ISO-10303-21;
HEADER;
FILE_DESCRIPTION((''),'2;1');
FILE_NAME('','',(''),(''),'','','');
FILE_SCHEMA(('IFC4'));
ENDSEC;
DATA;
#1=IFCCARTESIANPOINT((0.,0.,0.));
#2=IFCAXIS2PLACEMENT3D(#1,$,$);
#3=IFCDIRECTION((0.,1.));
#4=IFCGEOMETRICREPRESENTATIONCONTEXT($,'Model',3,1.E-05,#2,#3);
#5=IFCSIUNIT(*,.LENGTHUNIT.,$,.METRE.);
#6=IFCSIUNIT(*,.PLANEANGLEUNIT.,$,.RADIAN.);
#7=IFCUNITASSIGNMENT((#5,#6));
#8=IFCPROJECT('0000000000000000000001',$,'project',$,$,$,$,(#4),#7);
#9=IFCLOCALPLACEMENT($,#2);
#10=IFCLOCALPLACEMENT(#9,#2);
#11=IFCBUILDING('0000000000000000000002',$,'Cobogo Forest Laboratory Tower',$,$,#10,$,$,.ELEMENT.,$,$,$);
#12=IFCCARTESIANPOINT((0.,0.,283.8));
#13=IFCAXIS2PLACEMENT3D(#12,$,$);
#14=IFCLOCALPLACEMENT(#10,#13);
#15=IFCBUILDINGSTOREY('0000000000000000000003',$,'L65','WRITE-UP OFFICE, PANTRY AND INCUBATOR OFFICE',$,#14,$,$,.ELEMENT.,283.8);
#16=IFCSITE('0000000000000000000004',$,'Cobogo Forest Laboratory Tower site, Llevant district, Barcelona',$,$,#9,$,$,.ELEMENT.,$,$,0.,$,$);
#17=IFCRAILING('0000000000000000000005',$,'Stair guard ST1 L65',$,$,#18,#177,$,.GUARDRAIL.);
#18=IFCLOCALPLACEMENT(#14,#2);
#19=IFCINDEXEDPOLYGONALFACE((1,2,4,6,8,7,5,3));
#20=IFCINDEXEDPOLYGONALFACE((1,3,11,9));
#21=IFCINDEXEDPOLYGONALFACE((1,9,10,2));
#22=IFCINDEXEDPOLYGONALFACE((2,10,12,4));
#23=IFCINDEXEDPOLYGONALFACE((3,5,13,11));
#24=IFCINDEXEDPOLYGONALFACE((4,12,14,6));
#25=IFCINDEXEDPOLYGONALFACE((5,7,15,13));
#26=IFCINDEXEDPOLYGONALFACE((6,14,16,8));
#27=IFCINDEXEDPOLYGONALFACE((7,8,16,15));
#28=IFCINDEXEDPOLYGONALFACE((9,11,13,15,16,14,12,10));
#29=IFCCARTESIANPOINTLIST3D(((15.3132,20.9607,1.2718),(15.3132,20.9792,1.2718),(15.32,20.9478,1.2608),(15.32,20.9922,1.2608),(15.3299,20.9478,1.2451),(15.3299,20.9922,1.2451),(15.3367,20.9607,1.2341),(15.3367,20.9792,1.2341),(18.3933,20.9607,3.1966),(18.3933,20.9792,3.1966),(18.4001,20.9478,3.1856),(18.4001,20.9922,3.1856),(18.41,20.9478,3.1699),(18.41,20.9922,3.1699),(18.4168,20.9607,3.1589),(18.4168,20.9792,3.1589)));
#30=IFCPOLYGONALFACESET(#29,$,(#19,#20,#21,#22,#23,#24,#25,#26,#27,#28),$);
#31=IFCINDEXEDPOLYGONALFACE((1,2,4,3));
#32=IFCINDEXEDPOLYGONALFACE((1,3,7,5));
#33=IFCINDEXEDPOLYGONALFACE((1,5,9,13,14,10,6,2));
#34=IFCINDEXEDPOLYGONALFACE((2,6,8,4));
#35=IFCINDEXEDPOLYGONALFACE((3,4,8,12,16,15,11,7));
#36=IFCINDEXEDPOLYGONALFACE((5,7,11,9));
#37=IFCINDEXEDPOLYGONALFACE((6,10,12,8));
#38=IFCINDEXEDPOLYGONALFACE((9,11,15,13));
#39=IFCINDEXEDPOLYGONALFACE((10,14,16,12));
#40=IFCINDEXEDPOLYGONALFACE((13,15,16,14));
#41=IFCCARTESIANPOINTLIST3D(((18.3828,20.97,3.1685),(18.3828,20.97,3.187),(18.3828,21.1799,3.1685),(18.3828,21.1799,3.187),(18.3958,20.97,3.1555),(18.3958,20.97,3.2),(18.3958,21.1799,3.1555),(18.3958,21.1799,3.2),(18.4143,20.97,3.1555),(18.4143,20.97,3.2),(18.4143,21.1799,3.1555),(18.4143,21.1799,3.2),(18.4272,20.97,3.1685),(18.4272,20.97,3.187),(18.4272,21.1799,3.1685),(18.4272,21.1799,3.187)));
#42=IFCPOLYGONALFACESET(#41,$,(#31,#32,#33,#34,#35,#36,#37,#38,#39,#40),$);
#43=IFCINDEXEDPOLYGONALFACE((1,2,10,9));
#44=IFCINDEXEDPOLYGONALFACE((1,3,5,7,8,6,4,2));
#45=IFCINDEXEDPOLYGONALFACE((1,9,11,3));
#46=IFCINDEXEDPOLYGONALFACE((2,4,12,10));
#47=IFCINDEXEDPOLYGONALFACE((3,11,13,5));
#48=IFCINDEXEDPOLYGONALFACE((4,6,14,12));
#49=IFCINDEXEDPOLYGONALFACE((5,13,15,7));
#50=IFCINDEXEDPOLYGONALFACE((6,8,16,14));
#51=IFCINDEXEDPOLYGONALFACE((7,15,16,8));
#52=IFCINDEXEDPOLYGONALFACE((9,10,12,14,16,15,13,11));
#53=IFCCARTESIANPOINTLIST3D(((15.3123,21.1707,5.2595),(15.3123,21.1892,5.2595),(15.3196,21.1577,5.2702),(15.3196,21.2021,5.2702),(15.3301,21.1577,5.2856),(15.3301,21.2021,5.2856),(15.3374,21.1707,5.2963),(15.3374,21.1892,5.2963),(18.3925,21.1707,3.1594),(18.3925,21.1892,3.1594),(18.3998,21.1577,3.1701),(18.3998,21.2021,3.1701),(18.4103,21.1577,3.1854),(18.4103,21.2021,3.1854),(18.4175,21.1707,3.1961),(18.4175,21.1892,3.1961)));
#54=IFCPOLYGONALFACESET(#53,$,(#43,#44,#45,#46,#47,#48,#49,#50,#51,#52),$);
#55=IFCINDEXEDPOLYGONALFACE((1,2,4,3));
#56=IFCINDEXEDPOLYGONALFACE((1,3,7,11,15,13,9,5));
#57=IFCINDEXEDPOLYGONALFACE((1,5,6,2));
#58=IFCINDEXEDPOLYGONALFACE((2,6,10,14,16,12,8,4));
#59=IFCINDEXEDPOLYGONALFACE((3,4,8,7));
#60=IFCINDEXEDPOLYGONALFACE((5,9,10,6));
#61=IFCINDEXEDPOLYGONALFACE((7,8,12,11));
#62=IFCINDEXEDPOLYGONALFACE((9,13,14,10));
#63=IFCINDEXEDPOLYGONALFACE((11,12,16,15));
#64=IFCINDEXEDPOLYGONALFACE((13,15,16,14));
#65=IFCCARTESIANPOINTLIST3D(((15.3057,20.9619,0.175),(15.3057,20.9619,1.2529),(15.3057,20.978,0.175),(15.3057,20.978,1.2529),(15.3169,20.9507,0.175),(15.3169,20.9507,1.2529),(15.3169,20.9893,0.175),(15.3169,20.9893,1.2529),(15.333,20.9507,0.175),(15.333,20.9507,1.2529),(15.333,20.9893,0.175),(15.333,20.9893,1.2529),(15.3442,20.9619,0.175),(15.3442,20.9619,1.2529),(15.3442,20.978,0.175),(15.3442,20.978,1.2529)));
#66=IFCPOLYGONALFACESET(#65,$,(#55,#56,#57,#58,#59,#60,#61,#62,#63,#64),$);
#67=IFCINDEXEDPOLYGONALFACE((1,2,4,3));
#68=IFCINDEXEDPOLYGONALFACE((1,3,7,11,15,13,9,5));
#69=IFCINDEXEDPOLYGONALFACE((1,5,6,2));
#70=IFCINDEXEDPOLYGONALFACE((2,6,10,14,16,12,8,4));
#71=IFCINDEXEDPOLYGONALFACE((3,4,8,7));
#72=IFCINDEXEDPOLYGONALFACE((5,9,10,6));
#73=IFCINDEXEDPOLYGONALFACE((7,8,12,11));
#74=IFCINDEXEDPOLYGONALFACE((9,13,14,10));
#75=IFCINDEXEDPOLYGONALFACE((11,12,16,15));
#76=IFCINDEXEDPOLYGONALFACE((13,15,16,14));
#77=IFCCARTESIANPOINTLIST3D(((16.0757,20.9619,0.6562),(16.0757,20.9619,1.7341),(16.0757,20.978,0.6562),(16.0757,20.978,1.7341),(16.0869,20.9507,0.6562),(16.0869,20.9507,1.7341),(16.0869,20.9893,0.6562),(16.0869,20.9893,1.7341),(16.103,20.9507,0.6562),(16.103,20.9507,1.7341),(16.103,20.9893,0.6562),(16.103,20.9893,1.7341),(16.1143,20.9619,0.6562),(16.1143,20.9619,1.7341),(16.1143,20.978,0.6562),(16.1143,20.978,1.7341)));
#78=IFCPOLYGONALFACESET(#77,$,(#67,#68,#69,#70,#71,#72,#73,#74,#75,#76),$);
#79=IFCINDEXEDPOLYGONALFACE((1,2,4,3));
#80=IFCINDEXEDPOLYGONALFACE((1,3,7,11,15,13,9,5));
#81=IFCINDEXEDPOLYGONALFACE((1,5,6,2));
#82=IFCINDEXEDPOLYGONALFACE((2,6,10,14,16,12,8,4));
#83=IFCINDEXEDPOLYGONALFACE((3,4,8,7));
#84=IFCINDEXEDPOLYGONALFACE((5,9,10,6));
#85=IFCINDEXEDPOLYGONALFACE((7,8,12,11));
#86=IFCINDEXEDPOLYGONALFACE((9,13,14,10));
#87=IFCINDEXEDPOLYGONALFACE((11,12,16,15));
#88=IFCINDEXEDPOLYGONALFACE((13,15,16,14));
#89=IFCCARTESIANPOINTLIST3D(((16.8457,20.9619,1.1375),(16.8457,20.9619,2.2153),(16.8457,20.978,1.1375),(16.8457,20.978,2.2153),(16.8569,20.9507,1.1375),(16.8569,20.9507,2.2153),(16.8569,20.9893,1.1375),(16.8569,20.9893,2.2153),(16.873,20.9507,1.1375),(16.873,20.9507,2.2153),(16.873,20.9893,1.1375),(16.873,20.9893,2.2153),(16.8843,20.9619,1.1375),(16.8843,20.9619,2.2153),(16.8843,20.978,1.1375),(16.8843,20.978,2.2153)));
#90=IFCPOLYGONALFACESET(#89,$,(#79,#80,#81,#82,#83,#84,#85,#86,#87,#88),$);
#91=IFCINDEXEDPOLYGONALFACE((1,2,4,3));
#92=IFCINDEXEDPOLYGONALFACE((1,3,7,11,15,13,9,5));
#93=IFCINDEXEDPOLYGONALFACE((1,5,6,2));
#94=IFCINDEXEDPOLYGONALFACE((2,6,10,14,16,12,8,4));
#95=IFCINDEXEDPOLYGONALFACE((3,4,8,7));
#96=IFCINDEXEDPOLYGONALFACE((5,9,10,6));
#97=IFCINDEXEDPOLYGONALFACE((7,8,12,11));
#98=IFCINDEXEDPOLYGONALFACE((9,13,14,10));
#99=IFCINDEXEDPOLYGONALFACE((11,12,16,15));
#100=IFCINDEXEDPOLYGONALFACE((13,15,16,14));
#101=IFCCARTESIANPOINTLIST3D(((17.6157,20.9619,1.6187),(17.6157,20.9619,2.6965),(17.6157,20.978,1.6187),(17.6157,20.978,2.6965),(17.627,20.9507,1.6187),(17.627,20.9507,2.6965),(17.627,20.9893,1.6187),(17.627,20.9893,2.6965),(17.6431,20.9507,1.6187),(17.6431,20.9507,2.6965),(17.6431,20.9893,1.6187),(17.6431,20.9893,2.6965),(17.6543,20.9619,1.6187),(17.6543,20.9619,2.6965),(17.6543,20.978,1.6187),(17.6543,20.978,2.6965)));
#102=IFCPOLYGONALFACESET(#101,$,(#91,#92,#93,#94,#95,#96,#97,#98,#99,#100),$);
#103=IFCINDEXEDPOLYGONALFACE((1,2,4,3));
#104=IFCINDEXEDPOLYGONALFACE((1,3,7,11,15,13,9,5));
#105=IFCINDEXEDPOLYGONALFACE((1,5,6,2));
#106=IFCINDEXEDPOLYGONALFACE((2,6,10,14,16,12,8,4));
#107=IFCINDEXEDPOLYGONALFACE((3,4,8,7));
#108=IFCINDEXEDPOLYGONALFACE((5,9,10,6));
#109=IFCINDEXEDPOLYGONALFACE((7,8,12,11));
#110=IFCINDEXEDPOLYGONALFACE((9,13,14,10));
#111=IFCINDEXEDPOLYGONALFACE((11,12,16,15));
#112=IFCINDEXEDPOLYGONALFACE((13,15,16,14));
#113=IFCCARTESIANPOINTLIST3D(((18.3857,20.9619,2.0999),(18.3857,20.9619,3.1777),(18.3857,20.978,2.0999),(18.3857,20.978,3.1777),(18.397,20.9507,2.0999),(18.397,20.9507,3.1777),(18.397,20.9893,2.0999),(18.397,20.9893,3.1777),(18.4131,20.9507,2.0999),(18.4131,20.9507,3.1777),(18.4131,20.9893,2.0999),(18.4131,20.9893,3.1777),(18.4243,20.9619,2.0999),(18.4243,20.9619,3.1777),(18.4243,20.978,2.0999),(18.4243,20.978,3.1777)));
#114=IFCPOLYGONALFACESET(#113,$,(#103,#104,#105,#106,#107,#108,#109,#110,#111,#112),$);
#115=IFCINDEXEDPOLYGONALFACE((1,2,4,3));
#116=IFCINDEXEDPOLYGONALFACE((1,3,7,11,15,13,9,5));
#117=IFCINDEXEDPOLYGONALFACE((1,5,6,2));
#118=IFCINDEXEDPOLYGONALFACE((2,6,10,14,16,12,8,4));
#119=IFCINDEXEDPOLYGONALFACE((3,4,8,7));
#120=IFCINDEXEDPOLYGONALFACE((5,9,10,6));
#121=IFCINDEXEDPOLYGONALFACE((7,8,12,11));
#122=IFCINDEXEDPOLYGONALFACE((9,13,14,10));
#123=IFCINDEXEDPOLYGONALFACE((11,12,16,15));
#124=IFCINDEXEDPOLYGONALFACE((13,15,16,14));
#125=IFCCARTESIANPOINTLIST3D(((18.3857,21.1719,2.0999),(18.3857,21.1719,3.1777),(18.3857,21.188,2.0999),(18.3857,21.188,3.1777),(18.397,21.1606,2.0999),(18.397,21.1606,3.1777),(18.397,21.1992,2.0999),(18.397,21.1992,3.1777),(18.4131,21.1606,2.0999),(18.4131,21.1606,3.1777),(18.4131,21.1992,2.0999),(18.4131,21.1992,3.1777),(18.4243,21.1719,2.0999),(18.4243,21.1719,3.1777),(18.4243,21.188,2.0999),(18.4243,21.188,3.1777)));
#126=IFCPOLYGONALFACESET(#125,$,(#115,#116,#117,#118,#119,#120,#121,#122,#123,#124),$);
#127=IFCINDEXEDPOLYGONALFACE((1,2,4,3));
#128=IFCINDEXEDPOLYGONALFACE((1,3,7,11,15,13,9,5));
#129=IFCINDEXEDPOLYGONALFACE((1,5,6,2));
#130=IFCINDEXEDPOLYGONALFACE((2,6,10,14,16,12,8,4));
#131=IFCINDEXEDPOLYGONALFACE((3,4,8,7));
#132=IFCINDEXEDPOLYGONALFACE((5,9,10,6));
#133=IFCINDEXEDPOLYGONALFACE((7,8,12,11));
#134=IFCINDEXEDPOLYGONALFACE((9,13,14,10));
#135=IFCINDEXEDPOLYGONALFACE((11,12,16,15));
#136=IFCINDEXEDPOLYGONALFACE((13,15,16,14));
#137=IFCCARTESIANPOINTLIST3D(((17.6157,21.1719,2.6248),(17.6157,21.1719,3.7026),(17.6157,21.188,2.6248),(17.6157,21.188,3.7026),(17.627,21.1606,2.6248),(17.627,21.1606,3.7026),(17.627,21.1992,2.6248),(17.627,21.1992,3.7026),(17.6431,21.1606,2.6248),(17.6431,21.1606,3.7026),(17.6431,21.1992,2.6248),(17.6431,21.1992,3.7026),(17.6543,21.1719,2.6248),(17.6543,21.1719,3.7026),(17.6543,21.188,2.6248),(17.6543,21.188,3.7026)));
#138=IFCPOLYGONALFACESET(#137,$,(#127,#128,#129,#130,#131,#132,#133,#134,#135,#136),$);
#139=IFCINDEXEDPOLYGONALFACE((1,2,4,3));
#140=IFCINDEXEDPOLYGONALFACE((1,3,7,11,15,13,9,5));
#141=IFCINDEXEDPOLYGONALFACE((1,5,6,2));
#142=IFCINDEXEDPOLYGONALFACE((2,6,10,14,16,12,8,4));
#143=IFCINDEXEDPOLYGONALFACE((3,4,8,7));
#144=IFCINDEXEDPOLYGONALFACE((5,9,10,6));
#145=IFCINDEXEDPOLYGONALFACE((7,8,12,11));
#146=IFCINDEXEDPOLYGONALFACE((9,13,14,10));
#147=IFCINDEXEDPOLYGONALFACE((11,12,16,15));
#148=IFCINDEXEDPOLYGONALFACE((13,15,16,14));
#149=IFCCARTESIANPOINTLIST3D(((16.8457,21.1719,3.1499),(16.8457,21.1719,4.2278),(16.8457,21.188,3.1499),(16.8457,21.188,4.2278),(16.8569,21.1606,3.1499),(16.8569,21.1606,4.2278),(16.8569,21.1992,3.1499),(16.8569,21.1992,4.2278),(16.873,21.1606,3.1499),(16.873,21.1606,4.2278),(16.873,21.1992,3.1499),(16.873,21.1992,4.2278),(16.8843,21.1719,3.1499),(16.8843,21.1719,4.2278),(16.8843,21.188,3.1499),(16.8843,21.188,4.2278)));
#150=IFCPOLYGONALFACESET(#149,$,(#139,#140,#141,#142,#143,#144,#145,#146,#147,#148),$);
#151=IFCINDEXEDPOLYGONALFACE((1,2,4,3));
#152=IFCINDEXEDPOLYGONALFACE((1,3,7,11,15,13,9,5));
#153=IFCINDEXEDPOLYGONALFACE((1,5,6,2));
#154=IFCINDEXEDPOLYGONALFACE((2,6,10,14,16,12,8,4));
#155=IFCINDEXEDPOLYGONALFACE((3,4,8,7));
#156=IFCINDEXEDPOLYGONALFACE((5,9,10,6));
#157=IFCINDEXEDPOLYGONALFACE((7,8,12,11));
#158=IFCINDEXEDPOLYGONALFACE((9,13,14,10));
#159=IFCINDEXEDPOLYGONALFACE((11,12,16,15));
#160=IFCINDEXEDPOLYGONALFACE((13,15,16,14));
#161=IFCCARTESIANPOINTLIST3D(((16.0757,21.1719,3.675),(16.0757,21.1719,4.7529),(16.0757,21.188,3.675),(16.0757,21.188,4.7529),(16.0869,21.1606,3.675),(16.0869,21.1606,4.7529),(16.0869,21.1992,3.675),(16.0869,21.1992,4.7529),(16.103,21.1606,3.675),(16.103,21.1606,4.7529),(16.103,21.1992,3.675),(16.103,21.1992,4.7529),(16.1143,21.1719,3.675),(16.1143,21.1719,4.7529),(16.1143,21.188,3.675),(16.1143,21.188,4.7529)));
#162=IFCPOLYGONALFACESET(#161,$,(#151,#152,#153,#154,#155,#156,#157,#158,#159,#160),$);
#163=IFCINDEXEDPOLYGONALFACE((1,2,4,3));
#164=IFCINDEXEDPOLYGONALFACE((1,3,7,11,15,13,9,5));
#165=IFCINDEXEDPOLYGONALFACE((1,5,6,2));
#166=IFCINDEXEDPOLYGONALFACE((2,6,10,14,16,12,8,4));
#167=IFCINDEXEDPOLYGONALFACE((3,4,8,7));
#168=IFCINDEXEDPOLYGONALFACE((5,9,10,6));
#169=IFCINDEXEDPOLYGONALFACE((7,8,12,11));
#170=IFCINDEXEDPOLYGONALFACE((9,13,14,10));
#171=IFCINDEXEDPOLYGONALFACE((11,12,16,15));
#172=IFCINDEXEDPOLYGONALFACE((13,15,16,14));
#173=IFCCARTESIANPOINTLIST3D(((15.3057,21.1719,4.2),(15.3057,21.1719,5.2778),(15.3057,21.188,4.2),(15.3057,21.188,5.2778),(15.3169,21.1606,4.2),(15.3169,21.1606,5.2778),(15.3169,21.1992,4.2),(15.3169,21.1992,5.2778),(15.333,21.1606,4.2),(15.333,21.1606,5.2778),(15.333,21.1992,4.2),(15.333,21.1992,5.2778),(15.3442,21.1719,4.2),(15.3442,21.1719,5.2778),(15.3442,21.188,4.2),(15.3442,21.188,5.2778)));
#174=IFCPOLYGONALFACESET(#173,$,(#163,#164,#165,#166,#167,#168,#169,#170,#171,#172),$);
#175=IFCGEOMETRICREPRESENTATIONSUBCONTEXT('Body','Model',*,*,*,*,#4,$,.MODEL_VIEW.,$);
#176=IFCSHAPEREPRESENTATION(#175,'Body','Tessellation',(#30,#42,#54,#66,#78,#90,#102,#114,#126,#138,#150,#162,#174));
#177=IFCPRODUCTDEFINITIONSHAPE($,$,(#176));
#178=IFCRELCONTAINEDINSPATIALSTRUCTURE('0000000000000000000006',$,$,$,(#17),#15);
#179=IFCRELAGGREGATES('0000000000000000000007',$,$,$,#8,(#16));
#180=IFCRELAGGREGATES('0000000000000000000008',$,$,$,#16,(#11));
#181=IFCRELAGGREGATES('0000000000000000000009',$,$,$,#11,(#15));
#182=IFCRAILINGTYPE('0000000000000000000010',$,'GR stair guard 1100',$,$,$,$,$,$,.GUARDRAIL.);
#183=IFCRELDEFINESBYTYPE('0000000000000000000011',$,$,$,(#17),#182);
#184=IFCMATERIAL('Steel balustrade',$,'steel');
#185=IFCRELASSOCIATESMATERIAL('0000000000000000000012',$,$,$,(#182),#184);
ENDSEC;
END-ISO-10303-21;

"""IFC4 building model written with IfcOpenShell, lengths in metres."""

from ifc_helpers import new_model, si_unit, direction, frame, origin, place, context, subcontext, project, spatial, polyline, outline, extrude, material, type_object, element, save


model = new_model("IFC4")

# Units and contexts
model_context = context("Model", 3, precision=1e-05, world=origin(), true_north=direction((0.0, 1.0)))
body_context = subcontext(model_context, "Body", "Model", "MODEL_VIEW")
ifc_project = project(units=[si_unit("LENGTHUNIT", "METRE"), si_unit("PLANEANGLEUNIT", "RADIAN")], contexts=[model_context])

# Site, building, storey
site_placement = place(None, origin())
site = spatial("IfcSite", under=ifc_project, at=site_placement, Name="Cobogo Forest Laboratory Tower site, Llevant district, Barcelona", CompositionType="ELEMENT", RefElevation=0.0)
building_placement = place(site_placement, origin())
building = spatial("IfcBuilding", under=site, at=building_placement, Name="Cobogo Forest Laboratory Tower", CompositionType="ELEMENT")
storey_placement = place(building_placement, frame((0.0, 0.0, 283.8)))
storey = spatial("IfcBuildingStorey", under=building, at=storey_placement, Name="L65", Description="WRITE-UP OFFICE, PANTRY AND INCUBATOR OFFICE", CompositionType="ELEMENT", Elevation=283.8)

# Railing
ifc_material_1 = material(Name="Steel balustrade", Category="steel")
railing_type = type_object("IfcRailingType", Name="GR stair guard 1100", PredefinedType="GUARDRAIL", material=ifc_material_1)
railing_placement = place(storey_placement, frame((15.325, 20.97, 0.175)))
element("IfcRailing", 1, at=railing_placement, inside=storey, type_object=railing_type, Name="Stair guard ST1 L65", PredefinedType="GUARDRAIL", context=body_context, shape_type="SweptSolid", body=[
    extrude(outline(polyline([(0.0222, 0.0093), (0.0093, 0.0222), (-0.0093, 0.0222), (-0.0222, 0.0093), (-0.0222, -0.0093), (-0.0093, -0.0222), (0.0093, -0.0222), (0.0222, -0.0093), (0.0222, 0.0093)])), frame((0.0, 0.0, 1.0779), z_axis=(0.848029, 0.0, 0.529951), x_axis=(0.0, 1.0, 0.0)), (0.0, 0.0, 1.0), 3.6321),
    extrude(outline(polyline([(0.0222, 0.0093), (0.0093, 0.0222), (-0.0093, 0.0222), (-0.0222, 0.0093), (-0.0222, -0.0093), (-0.0093, -0.0222), (0.0093, -0.0222), (0.0222, -0.0093), (0.0222, 0.0093)])), frame((3.0801, 0.0, 3.0027), z_axis=(0.0, 1.0, 0.0), x_axis=(-1.0, 0.0, 0.0)), (0.0, 0.0, 1.0), 0.21),
    extrude(outline(polyline([(0.0222, 0.0093), (0.0093, 0.0222), (-0.0093, 0.0222), (-0.0222, 0.0093), (-0.0222, -0.0093), (-0.0093, -0.0222), (0.0093, -0.0222), (0.0222, -0.0093), (0.0222, 0.0093)])), frame((3.0801, 0.21, 3.0027), z_axis=(-0.826222, 0.0, 0.563345), x_axis=(0.0, -1.0, 0.0)), (0.0, 0.0, 1.0), 3.728),
    extrude(outline(polyline([(0.0193, 0.0081), (0.0081, 0.0193), (-0.0081, 0.0193), (-0.0193, 0.0081), (-0.0193, -0.0081), (-0.0081, -0.0193), (0.0081, -0.0193), (0.0193, -0.0081), (0.0193, 0.0081)])), origin(), (0.0, 0.0, 1.0), 1.0779),
    extrude(outline(polyline([(0.0193, 0.0081), (0.0081, 0.0193), (-0.0081, 0.0193), (-0.0193, 0.0081), (-0.0193, -0.0081), (-0.0081, -0.0193), (0.0081, -0.0193), (0.0193, -0.0081), (0.0193, 0.0081)])), frame((0.77, 0.0, 0.4812)), (0.0, 0.0, 1.0), 1.0779),
    extrude(outline(polyline([(0.0193, 0.0081), (0.0081, 0.0193), (-0.0081, 0.0193), (-0.0193, 0.0081), (-0.0193, -0.0081), (-0.0081, -0.0193), (0.0081, -0.0193), (0.0193, -0.0081), (0.0193, 0.0081)])), frame((1.54, 0.0, 0.9624)), (0.0, 0.0, 1.0), 1.0779),
    extrude(outline(polyline([(0.0193, 0.0081), (0.0081, 0.0193), (-0.0081, 0.0193), (-0.0193, 0.0081), (-0.0193, -0.0081), (-0.0081, -0.0193), (0.0081, -0.0193), (0.0193, -0.0081), (0.0193, 0.0081)])), frame((2.3101, 0.0, 1.4436)), (0.0, 0.0, 1.0), 1.0779),
    extrude(outline(polyline([(0.0193, 0.0081), (0.0081, 0.0193), (-0.0081, 0.0193), (-0.0193, 0.0081), (-0.0193, -0.0081), (-0.0081, -0.0193), (0.0081, -0.0193), (0.0193, -0.0081), (0.0193, 0.0081)])), frame((3.0801, 0.0, 1.9248)), (0.0, 0.0, 1.0), 1.0779),
    extrude(outline(polyline([(0.0193, 0.0081), (0.0081, 0.0193), (-0.0081, 0.0193), (-0.0193, 0.0081), (-0.0193, -0.0081), (-0.0081, -0.0193), (0.0081, -0.0193), (0.0193, -0.0081), (0.0193, 0.0081)])), frame((3.0801, 0.21, 1.9248)), (0.0, 0.0, 1.0), 1.0779),
    extrude(outline(polyline([(0.0193, 0.0081), (0.0081, 0.0193), (-0.0081, 0.0193), (-0.0193, 0.0081), (-0.0193, -0.0081), (-0.0081, -0.0193), (0.0081, -0.0193), (0.0193, -0.0081), (0.0193, 0.0081)])), frame((2.3101, 0.21, 2.4497)), (0.0, 0.0, 1.0), 1.0779),
    extrude(outline(polyline([(0.0193, 0.0081), (0.0081, 0.0193), (-0.0081, 0.0193), (-0.0193, 0.0081), (-0.0193, -0.0081), (-0.0081, -0.0193), (0.0081, -0.0193), (0.0193, -0.0081), (0.0193, 0.0081)])), frame((1.54, 0.21, 2.9749)), (0.0, 0.0, 1.0), 1.0779),
    extrude(outline(polyline([(0.0193, 0.0081), (0.0081, 0.0193), (-0.0081, 0.0193), (-0.0193, 0.0081), (-0.0193, -0.0081), (-0.0081, -0.0193), (0.0081, -0.0193), (0.0193, -0.0081), (0.0193, 0.0081)])), frame((0.77, 0.21, 3.5)), (0.0, 0.0, 1.0), 1.0779),
    extrude(outline(polyline([(0.0193, 0.0081), (0.0081, 0.0193), (-0.0081, 0.0193), (-0.0193, 0.0081), (-0.0193, -0.0081), (-0.0081, -0.0193), (0.0081, -0.0193), (0.0193, -0.0081), (0.0193, 0.0081)])), frame((0.0, 0.21, 4.0249)), (0.0, 0.0, 1.0), 1.0779),
])

save(model, "model.ifc")
